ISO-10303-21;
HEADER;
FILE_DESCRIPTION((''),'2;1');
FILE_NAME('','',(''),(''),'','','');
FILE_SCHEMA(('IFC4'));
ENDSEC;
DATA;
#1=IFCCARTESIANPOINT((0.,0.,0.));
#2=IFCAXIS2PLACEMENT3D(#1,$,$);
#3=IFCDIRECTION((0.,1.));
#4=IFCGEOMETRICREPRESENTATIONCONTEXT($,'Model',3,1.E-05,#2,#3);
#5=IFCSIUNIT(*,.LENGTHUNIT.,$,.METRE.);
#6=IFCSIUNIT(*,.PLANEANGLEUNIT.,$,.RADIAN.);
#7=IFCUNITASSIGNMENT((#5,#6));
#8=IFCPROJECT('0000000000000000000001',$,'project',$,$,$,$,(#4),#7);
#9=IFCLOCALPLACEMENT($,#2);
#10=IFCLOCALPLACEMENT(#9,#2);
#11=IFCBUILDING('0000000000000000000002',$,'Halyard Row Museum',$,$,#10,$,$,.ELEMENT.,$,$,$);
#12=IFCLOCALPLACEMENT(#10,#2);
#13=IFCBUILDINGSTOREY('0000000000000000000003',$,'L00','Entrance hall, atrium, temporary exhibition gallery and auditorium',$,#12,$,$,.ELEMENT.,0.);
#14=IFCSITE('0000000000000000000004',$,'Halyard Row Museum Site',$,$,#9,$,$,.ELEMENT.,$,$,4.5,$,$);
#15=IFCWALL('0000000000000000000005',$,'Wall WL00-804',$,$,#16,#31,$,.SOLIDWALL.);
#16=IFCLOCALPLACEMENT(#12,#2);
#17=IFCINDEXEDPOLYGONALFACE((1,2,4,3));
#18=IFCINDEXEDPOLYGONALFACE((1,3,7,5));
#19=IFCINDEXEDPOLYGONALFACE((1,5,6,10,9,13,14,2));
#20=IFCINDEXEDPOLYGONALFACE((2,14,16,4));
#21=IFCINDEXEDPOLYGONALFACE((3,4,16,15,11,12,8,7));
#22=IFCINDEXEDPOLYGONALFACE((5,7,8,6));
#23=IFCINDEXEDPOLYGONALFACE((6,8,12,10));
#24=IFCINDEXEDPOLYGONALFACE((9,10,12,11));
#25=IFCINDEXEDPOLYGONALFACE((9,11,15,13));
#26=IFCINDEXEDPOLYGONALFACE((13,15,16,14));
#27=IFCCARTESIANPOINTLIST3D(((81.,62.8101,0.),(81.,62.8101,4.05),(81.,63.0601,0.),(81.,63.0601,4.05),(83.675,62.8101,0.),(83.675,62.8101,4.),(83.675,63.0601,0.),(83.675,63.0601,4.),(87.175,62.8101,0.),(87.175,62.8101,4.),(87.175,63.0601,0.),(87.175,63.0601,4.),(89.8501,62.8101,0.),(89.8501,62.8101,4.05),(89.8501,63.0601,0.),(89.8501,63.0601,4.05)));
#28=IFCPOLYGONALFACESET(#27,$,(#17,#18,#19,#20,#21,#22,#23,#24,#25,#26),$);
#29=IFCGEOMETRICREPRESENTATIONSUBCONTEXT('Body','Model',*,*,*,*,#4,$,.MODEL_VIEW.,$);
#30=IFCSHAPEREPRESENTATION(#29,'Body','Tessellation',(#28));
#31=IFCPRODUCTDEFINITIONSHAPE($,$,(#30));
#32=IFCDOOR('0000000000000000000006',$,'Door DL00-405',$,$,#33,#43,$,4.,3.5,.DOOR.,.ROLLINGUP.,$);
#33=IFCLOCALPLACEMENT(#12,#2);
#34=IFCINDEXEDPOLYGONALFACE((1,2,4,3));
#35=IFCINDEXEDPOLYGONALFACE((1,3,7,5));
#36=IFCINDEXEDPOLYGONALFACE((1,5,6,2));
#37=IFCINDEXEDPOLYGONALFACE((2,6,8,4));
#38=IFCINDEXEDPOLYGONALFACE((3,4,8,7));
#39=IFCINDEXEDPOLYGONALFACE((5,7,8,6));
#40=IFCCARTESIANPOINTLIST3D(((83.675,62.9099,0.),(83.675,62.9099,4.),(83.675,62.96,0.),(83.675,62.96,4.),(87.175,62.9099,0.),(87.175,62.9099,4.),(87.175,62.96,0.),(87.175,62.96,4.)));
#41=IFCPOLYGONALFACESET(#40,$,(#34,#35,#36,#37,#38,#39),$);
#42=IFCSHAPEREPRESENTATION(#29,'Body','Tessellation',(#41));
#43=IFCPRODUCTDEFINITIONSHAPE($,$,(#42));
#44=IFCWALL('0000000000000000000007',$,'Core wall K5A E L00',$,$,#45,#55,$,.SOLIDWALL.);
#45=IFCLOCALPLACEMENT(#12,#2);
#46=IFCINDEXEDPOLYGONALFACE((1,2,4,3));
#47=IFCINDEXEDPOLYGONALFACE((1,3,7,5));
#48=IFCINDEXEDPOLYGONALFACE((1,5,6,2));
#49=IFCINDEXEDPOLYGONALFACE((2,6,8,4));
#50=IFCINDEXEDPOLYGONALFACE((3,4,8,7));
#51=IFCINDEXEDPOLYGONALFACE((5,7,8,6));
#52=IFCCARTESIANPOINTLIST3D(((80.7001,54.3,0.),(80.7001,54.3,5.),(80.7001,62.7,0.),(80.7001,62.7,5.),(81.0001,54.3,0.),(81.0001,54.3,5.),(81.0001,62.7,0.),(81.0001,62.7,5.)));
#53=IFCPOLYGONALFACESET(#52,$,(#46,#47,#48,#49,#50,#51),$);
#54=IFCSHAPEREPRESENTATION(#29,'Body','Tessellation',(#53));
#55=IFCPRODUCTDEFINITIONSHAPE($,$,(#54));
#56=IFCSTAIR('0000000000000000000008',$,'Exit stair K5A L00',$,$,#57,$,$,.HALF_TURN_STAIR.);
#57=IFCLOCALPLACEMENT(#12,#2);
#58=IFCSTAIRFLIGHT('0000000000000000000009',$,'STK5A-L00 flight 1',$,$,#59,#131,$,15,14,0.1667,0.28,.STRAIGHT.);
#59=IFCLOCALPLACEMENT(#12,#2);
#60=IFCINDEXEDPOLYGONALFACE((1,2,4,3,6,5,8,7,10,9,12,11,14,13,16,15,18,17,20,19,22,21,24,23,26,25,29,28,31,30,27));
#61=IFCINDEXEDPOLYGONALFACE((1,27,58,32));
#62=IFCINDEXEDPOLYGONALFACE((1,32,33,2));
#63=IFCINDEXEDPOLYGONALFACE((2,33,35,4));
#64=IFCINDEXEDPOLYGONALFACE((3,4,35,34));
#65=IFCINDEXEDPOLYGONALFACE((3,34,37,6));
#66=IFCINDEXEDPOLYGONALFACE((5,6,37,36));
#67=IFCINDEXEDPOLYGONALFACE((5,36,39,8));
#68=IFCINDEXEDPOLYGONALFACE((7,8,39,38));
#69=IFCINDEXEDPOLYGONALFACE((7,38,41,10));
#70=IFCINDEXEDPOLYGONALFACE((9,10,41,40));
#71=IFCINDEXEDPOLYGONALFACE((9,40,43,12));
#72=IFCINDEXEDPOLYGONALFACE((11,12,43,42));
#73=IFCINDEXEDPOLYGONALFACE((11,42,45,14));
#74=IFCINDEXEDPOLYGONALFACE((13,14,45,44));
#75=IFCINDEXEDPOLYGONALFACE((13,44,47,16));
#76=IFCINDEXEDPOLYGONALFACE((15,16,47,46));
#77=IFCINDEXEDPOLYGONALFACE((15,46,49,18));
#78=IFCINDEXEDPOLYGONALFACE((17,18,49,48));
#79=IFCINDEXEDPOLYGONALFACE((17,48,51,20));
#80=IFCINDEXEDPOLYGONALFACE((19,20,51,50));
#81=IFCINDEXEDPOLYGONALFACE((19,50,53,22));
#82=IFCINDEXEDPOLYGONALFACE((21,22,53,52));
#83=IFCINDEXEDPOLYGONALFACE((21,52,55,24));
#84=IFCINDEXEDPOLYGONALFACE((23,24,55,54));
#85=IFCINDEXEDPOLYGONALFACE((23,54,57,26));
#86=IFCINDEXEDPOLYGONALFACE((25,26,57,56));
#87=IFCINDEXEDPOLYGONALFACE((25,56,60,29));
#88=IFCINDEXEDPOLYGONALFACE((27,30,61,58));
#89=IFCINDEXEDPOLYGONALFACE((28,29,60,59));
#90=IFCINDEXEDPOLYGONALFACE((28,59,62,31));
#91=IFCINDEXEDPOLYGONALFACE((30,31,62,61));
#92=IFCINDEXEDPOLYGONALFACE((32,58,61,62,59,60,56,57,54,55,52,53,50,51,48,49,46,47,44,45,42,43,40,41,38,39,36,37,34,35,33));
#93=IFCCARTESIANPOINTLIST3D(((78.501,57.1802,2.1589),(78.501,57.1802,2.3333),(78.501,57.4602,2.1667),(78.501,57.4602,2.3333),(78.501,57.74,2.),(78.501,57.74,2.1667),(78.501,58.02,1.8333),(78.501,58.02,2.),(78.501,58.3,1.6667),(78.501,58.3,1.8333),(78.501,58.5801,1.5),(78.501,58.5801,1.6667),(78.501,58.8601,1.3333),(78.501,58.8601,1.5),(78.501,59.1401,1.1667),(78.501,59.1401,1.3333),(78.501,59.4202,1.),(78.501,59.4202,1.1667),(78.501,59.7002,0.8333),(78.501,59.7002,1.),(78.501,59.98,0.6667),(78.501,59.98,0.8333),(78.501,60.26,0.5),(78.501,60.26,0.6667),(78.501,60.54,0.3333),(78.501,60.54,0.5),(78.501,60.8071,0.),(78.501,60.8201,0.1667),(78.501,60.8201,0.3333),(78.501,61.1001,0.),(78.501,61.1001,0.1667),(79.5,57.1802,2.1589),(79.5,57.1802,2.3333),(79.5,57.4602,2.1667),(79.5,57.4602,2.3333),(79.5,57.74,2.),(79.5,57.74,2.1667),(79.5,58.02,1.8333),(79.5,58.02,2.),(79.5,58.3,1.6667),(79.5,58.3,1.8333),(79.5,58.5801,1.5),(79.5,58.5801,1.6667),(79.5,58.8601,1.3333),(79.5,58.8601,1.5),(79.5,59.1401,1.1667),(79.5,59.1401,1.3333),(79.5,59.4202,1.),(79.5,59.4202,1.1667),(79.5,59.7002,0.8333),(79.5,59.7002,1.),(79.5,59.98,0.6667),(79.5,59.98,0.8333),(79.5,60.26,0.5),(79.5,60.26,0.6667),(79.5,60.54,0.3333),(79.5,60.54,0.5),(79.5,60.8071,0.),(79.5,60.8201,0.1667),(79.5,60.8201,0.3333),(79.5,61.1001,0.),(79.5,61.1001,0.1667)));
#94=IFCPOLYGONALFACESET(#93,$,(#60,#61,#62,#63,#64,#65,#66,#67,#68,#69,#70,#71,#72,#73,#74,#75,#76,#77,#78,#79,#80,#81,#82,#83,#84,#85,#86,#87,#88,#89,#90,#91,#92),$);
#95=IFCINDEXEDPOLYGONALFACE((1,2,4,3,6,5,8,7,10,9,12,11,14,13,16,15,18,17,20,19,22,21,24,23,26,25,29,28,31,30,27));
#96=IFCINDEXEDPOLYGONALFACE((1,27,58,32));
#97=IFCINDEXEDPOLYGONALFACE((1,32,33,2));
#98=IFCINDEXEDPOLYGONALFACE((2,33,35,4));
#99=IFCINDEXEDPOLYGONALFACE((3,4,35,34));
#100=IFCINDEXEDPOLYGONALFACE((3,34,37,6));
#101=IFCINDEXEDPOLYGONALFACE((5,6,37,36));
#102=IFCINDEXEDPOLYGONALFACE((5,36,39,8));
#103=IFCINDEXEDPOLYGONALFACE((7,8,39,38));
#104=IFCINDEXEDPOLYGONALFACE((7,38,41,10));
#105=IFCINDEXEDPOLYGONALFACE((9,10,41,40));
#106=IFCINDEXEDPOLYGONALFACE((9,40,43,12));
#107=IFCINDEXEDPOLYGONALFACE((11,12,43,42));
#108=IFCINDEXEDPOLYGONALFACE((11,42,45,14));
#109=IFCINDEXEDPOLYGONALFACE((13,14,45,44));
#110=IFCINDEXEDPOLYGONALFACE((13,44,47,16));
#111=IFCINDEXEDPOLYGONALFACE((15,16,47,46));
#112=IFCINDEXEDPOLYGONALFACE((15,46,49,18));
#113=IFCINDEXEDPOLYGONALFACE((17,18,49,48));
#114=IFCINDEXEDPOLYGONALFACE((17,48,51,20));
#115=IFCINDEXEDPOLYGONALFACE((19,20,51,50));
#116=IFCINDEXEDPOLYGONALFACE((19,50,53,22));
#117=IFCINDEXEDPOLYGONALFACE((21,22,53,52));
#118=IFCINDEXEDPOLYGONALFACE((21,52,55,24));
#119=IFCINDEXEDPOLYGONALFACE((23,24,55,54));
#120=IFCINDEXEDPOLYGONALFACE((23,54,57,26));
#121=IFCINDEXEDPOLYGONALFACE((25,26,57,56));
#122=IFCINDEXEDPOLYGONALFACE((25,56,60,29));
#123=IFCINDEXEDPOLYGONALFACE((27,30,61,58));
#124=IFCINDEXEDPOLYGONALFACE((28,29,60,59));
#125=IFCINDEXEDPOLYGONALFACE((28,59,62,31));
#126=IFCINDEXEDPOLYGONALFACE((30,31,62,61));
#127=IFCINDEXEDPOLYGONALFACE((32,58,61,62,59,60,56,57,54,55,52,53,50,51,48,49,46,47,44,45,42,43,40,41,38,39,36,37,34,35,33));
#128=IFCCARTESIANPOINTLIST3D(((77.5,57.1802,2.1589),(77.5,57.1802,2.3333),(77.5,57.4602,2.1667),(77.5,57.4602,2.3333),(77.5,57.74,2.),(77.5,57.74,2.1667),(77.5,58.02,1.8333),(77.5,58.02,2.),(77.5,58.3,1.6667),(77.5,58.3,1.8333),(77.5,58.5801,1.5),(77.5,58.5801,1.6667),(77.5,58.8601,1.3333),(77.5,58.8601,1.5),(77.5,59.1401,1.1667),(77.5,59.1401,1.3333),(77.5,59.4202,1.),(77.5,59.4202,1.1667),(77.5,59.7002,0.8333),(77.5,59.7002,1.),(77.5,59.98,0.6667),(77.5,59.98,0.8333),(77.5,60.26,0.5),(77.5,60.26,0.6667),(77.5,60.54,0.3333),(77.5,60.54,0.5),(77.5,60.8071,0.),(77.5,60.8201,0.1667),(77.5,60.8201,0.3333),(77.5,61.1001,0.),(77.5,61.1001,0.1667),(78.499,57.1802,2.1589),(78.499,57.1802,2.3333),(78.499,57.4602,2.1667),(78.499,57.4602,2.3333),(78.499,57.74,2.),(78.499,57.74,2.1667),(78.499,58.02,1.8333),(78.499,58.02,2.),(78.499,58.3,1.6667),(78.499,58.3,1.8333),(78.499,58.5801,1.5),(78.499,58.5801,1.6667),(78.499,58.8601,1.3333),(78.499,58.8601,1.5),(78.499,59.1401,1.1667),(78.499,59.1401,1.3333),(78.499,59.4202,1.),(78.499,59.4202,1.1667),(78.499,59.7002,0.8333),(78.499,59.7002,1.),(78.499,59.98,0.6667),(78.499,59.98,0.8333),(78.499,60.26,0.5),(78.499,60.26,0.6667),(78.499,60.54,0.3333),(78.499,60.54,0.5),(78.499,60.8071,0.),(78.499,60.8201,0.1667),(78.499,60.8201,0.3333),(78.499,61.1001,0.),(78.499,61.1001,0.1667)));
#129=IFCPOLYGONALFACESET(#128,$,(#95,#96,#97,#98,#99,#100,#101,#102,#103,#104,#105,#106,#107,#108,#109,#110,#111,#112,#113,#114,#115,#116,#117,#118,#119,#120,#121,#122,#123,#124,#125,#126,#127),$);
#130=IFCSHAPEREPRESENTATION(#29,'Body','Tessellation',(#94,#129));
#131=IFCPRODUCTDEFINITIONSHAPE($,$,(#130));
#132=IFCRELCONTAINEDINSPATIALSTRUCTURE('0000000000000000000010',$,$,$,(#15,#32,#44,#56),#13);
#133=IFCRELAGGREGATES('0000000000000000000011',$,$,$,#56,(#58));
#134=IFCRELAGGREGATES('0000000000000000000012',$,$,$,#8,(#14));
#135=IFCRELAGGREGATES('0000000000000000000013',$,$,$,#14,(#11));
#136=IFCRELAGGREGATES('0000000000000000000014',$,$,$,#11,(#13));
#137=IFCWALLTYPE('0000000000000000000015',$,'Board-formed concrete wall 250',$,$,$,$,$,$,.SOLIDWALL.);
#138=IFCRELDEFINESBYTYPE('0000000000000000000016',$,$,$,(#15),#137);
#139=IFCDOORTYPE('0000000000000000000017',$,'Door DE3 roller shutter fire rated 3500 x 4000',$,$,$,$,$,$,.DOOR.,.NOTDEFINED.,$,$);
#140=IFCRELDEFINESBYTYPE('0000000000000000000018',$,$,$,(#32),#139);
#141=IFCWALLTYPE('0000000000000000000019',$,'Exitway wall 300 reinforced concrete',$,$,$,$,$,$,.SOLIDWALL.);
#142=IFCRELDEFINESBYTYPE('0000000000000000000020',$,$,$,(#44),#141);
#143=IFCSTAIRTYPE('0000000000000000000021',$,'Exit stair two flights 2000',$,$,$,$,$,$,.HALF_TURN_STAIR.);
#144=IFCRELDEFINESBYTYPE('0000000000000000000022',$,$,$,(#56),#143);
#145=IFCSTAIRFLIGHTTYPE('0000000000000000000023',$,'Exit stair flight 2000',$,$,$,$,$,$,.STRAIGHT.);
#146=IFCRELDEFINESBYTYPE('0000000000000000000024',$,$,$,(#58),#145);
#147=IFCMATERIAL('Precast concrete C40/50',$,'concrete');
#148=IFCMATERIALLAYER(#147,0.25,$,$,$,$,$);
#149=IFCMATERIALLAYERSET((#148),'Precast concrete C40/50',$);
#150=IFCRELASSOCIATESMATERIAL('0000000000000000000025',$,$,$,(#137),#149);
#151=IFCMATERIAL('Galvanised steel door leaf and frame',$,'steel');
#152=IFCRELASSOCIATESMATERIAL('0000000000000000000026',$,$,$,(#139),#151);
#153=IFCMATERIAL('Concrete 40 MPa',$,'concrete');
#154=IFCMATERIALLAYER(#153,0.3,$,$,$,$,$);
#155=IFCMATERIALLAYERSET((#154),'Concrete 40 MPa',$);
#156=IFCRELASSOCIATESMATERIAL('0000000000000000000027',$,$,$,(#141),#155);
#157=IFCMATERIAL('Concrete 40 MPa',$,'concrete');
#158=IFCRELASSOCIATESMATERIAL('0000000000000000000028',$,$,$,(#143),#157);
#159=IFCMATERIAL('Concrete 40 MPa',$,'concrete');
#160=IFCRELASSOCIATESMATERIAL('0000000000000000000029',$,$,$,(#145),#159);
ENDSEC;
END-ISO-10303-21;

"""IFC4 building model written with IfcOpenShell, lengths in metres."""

from ifc_helpers import new_model, si_unit, direction, frame, frame_2d, origin, place, context, subcontext, project, spatial, polyline, rectangle, outline, extrude, material, layer, layer_set, type_object, element, fill, aggregate, save


model = new_model("IFC4")

# Units and contexts
model_context = context("Model", 3, precision=1e-05, world=origin(), true_north=direction((0.0, 1.0)))
body_context = subcontext(model_context, "Body", "Model", "MODEL_VIEW")
ifc_project = project(units=[si_unit("LENGTHUNIT", "METRE"), si_unit("PLANEANGLEUNIT", "RADIAN")], contexts=[model_context])

# Site, building, storey
site_placement = place(None, origin())
site = spatial("IfcSite", under=ifc_project, at=site_placement, Name="Halyard Row Museum Site", CompositionType="ELEMENT", RefElevation=4.5)
building_placement = place(site_placement, origin())
building = spatial("IfcBuilding", under=site, at=building_placement, Name="Halyard Row Museum", CompositionType="ELEMENT")
storey_placement = place(building_placement, origin())
storey = spatial("IfcBuildingStorey", under=building, at=storey_placement, Name="L00", Description="Entrance hall, atrium, temporary exhibition gallery and auditorium", CompositionType="ELEMENT", Elevation=0.0)

# Wall, opening, door
ifc_material_1 = material(Name="Precast concrete C40/50", Category="concrete")
ifc_layer_1 = layer(ifc_material_1, 0.25)
ifc_layer_set_1 = layer_set([ifc_layer_1], Name="Precast concrete C40/50")
wall_type_1 = type_object("IfcWallType", Name="Board-formed concrete wall 250", PredefinedType="SOLIDWALL", material=ifc_layer_set_1)
wall_1_placement = place(storey_placement, frame((81.0, 62.9351, 0.0), z_axis=(0.0, 0.0, 1.0), x_axis=(1.0, 0.0, 0.0)))
wall_1 = element("IfcWall", 1, at=wall_1_placement, inside=storey, type_object=wall_type_1, Name="Wall WL00-804", PredefinedType="SOLIDWALL", context=body_context, shape_type="SweptSolid", body=[
    extrude(rectangle(XDim=8.8501, YDim=0.25, at=frame_2d((4.425, 0.0))), origin(), (0.0, 0.0, 1.0), 4.05),
])
opening_1_placement = place(wall_1_placement, frame((2.675, 0.0, 0.0)))
opening_1 = element("IfcOpeningElement", 2, at=opening_1_placement, cuts=wall_1, PredefinedType="OPENING", context=body_context, shape_type="SweptSolid", body=[
    extrude(rectangle(XDim=3.5, YDim=4.0, at=frame_2d((1.75, 2.0))), frame((0.0, 0.135, 0.0), z_axis=(0.0, -1.0, 0.0), x_axis=(1.0, 0.0, 0.0)), (0.0, 0.0, 1.0), 0.27),
])
ifc_material_2 = material(Name="Galvanised steel door leaf and frame", Category="steel")
door_type_1 = type_object("IfcDoorType", Name="Door DE3 roller shutter fire rated 3500 x 4000", OperationType="NOTDEFINED", PredefinedType="DOOR", material=ifc_material_2)
door_1_placement = place(opening_1_placement, origin())
door_1 = element("IfcDoor", 3, at=door_1_placement, inside=storey, type_object=door_type_1, Name="Door DL00-405", OperationType="ROLLINGUP", OverallHeight=4.0, OverallWidth=3.5, PredefinedType="DOOR", context=body_context, shape_type="SweptSolid", body=[
    extrude(rectangle(XDim=3.5, YDim=4.0, at=frame_2d((1.75, 2.0))), frame((0.0, 0.0249, 0.0), z_axis=(0.0, -1.0, 0.0), x_axis=(1.0, 0.0, 0.0)), (0.0, 0.0, 1.0), 0.05),
])
fill(opening_1, door_1)

# Wall
ifc_material_3 = material(Name="Concrete 40 MPa", Category="concrete")
ifc_layer_2 = layer(ifc_material_3, 0.3)
ifc_layer_set_2 = layer_set([ifc_layer_2], Name="Concrete 40 MPa")
wall_type_2 = type_object("IfcWallType", Name="Exitway wall 300 reinforced concrete", PredefinedType="SOLIDWALL", material=ifc_layer_set_2)
wall_2_placement = place(storey_placement, frame((80.8501, 54.3, 0.0), z_axis=(0.0, 0.0, 1.0), x_axis=(0.0, 1.0, 0.0)))
element("IfcWall", 4, at=wall_2_placement, inside=storey, type_object=wall_type_2, Name="Core wall K5A E L00", PredefinedType="SOLIDWALL", context=body_context, shape_type="SweptSolid", body=[
    extrude(rectangle(XDim=8.3999, YDim=0.3, at=frame_2d((4.2, 0.0))), origin(), (0.0, 0.0, 1.0), 5.0),
])

# Stair, stair flight
ifc_material_4 = material(Name="Concrete 40 MPa", Category="concrete")
stair_type_1 = type_object("IfcStairType", Name="Exit stair two flights 2000", PredefinedType="HALF_TURN_STAIR", material=ifc_material_4)
stair_1_placement = place(storey_placement, origin())
stair_1 = element("IfcStair", 5, at=stair_1_placement, inside=storey, type_object=stair_type_1, Name="Exit stair K5A L00", PredefinedType="HALF_TURN_STAIR")
ifc_material_5 = material(Name="Concrete 40 MPa", Category="concrete")
stair_flight_type_1 = type_object("IfcStairFlightType", Name="Exit stair flight 2000", PredefinedType="STRAIGHT", material=ifc_material_5)
stair_flight_1_placement = place(storey_placement, frame((78.5, 61.1001, 0.0), z_axis=(0.0, 0.0, 1.0), x_axis=(0.0, -1.0, 0.0)))
stair_flight_1 = element("IfcStairFlight", 6, at=stair_flight_1_placement, type_object=stair_flight_type_1, Name="STK5A-L00 flight 1", NumberOfRisers=15, NumberOfTreads=14, PredefinedType="STRAIGHT", RiserHeight=0.1667, TreadLength=0.28, context=body_context, shape_type="SweptSolid", body=[
    extrude(outline(polyline([(0.0, 0.0), (0.0, 0.1667), (0.28, 0.1667), (0.28, 0.3333), (0.5601, 0.3333), (0.5601, 0.5), (0.8401, 0.5), (0.8401, 0.6667), (1.1201, 0.6667), (1.1201, 0.8333), (1.3999, 0.8333), (1.3999, 1.0), (1.6799, 1.0), (1.6799, 1.1667), (1.96, 1.1667), (1.96, 1.3333), (2.24, 1.3333), (2.24, 1.5), (2.52, 1.5), (2.52, 1.6667), (2.8, 1.6667), (2.8, 1.8333), (3.0801, 1.8333), (3.0801, 2.0), (3.3601, 2.0), (3.3601, 2.1667), (3.6399, 2.1667), (3.6399, 2.3333), (3.9199, 2.3333), (3.9199, 2.5), (3.9199, 2.1589), (0.293, 0.0), (0.0, 0.0)])), frame((0.0, 1.0, 0.0), z_axis=(0.0, -1.0, 0.0), x_axis=(1.0, 0.0, 0.0)), (0.0, 0.0, 1.0), 0.999),
    extrude(outline(polyline([(0.0, 0.0), (0.0, 0.1667), (0.28, 0.1667), (0.28, 0.3333), (0.5601, 0.3333), (0.5601, 0.5), (0.8401, 0.5), (0.8401, 0.6667), (1.1201, 0.6667), (1.1201, 0.8333), (1.3999, 0.8333), (1.3999, 1.0), (1.6799, 1.0), (1.6799, 1.1667), (1.96, 1.1667), (1.96, 1.3333), (2.24, 1.3333), (2.24, 1.5), (2.52, 1.5), (2.52, 1.6667), (2.8, 1.6667), (2.8, 1.8333), (3.0801, 1.8333), (3.0801, 2.0), (3.3601, 2.0), (3.3601, 2.1667), (3.6399, 2.1667), (3.6399, 2.3333), (3.9199, 2.3333), (3.9199, 2.5), (3.9199, 2.1589), (0.293, 0.0), (0.0, 0.0)])), frame((0.0, -0.001, 0.0), z_axis=(0.0, -1.0, 0.0), x_axis=(1.0, 0.0, 0.0)), (0.0, 0.0, 1.0), 0.999),
])
aggregate(stair_1, [stair_flight_1])

save(model, "model.ifc")
